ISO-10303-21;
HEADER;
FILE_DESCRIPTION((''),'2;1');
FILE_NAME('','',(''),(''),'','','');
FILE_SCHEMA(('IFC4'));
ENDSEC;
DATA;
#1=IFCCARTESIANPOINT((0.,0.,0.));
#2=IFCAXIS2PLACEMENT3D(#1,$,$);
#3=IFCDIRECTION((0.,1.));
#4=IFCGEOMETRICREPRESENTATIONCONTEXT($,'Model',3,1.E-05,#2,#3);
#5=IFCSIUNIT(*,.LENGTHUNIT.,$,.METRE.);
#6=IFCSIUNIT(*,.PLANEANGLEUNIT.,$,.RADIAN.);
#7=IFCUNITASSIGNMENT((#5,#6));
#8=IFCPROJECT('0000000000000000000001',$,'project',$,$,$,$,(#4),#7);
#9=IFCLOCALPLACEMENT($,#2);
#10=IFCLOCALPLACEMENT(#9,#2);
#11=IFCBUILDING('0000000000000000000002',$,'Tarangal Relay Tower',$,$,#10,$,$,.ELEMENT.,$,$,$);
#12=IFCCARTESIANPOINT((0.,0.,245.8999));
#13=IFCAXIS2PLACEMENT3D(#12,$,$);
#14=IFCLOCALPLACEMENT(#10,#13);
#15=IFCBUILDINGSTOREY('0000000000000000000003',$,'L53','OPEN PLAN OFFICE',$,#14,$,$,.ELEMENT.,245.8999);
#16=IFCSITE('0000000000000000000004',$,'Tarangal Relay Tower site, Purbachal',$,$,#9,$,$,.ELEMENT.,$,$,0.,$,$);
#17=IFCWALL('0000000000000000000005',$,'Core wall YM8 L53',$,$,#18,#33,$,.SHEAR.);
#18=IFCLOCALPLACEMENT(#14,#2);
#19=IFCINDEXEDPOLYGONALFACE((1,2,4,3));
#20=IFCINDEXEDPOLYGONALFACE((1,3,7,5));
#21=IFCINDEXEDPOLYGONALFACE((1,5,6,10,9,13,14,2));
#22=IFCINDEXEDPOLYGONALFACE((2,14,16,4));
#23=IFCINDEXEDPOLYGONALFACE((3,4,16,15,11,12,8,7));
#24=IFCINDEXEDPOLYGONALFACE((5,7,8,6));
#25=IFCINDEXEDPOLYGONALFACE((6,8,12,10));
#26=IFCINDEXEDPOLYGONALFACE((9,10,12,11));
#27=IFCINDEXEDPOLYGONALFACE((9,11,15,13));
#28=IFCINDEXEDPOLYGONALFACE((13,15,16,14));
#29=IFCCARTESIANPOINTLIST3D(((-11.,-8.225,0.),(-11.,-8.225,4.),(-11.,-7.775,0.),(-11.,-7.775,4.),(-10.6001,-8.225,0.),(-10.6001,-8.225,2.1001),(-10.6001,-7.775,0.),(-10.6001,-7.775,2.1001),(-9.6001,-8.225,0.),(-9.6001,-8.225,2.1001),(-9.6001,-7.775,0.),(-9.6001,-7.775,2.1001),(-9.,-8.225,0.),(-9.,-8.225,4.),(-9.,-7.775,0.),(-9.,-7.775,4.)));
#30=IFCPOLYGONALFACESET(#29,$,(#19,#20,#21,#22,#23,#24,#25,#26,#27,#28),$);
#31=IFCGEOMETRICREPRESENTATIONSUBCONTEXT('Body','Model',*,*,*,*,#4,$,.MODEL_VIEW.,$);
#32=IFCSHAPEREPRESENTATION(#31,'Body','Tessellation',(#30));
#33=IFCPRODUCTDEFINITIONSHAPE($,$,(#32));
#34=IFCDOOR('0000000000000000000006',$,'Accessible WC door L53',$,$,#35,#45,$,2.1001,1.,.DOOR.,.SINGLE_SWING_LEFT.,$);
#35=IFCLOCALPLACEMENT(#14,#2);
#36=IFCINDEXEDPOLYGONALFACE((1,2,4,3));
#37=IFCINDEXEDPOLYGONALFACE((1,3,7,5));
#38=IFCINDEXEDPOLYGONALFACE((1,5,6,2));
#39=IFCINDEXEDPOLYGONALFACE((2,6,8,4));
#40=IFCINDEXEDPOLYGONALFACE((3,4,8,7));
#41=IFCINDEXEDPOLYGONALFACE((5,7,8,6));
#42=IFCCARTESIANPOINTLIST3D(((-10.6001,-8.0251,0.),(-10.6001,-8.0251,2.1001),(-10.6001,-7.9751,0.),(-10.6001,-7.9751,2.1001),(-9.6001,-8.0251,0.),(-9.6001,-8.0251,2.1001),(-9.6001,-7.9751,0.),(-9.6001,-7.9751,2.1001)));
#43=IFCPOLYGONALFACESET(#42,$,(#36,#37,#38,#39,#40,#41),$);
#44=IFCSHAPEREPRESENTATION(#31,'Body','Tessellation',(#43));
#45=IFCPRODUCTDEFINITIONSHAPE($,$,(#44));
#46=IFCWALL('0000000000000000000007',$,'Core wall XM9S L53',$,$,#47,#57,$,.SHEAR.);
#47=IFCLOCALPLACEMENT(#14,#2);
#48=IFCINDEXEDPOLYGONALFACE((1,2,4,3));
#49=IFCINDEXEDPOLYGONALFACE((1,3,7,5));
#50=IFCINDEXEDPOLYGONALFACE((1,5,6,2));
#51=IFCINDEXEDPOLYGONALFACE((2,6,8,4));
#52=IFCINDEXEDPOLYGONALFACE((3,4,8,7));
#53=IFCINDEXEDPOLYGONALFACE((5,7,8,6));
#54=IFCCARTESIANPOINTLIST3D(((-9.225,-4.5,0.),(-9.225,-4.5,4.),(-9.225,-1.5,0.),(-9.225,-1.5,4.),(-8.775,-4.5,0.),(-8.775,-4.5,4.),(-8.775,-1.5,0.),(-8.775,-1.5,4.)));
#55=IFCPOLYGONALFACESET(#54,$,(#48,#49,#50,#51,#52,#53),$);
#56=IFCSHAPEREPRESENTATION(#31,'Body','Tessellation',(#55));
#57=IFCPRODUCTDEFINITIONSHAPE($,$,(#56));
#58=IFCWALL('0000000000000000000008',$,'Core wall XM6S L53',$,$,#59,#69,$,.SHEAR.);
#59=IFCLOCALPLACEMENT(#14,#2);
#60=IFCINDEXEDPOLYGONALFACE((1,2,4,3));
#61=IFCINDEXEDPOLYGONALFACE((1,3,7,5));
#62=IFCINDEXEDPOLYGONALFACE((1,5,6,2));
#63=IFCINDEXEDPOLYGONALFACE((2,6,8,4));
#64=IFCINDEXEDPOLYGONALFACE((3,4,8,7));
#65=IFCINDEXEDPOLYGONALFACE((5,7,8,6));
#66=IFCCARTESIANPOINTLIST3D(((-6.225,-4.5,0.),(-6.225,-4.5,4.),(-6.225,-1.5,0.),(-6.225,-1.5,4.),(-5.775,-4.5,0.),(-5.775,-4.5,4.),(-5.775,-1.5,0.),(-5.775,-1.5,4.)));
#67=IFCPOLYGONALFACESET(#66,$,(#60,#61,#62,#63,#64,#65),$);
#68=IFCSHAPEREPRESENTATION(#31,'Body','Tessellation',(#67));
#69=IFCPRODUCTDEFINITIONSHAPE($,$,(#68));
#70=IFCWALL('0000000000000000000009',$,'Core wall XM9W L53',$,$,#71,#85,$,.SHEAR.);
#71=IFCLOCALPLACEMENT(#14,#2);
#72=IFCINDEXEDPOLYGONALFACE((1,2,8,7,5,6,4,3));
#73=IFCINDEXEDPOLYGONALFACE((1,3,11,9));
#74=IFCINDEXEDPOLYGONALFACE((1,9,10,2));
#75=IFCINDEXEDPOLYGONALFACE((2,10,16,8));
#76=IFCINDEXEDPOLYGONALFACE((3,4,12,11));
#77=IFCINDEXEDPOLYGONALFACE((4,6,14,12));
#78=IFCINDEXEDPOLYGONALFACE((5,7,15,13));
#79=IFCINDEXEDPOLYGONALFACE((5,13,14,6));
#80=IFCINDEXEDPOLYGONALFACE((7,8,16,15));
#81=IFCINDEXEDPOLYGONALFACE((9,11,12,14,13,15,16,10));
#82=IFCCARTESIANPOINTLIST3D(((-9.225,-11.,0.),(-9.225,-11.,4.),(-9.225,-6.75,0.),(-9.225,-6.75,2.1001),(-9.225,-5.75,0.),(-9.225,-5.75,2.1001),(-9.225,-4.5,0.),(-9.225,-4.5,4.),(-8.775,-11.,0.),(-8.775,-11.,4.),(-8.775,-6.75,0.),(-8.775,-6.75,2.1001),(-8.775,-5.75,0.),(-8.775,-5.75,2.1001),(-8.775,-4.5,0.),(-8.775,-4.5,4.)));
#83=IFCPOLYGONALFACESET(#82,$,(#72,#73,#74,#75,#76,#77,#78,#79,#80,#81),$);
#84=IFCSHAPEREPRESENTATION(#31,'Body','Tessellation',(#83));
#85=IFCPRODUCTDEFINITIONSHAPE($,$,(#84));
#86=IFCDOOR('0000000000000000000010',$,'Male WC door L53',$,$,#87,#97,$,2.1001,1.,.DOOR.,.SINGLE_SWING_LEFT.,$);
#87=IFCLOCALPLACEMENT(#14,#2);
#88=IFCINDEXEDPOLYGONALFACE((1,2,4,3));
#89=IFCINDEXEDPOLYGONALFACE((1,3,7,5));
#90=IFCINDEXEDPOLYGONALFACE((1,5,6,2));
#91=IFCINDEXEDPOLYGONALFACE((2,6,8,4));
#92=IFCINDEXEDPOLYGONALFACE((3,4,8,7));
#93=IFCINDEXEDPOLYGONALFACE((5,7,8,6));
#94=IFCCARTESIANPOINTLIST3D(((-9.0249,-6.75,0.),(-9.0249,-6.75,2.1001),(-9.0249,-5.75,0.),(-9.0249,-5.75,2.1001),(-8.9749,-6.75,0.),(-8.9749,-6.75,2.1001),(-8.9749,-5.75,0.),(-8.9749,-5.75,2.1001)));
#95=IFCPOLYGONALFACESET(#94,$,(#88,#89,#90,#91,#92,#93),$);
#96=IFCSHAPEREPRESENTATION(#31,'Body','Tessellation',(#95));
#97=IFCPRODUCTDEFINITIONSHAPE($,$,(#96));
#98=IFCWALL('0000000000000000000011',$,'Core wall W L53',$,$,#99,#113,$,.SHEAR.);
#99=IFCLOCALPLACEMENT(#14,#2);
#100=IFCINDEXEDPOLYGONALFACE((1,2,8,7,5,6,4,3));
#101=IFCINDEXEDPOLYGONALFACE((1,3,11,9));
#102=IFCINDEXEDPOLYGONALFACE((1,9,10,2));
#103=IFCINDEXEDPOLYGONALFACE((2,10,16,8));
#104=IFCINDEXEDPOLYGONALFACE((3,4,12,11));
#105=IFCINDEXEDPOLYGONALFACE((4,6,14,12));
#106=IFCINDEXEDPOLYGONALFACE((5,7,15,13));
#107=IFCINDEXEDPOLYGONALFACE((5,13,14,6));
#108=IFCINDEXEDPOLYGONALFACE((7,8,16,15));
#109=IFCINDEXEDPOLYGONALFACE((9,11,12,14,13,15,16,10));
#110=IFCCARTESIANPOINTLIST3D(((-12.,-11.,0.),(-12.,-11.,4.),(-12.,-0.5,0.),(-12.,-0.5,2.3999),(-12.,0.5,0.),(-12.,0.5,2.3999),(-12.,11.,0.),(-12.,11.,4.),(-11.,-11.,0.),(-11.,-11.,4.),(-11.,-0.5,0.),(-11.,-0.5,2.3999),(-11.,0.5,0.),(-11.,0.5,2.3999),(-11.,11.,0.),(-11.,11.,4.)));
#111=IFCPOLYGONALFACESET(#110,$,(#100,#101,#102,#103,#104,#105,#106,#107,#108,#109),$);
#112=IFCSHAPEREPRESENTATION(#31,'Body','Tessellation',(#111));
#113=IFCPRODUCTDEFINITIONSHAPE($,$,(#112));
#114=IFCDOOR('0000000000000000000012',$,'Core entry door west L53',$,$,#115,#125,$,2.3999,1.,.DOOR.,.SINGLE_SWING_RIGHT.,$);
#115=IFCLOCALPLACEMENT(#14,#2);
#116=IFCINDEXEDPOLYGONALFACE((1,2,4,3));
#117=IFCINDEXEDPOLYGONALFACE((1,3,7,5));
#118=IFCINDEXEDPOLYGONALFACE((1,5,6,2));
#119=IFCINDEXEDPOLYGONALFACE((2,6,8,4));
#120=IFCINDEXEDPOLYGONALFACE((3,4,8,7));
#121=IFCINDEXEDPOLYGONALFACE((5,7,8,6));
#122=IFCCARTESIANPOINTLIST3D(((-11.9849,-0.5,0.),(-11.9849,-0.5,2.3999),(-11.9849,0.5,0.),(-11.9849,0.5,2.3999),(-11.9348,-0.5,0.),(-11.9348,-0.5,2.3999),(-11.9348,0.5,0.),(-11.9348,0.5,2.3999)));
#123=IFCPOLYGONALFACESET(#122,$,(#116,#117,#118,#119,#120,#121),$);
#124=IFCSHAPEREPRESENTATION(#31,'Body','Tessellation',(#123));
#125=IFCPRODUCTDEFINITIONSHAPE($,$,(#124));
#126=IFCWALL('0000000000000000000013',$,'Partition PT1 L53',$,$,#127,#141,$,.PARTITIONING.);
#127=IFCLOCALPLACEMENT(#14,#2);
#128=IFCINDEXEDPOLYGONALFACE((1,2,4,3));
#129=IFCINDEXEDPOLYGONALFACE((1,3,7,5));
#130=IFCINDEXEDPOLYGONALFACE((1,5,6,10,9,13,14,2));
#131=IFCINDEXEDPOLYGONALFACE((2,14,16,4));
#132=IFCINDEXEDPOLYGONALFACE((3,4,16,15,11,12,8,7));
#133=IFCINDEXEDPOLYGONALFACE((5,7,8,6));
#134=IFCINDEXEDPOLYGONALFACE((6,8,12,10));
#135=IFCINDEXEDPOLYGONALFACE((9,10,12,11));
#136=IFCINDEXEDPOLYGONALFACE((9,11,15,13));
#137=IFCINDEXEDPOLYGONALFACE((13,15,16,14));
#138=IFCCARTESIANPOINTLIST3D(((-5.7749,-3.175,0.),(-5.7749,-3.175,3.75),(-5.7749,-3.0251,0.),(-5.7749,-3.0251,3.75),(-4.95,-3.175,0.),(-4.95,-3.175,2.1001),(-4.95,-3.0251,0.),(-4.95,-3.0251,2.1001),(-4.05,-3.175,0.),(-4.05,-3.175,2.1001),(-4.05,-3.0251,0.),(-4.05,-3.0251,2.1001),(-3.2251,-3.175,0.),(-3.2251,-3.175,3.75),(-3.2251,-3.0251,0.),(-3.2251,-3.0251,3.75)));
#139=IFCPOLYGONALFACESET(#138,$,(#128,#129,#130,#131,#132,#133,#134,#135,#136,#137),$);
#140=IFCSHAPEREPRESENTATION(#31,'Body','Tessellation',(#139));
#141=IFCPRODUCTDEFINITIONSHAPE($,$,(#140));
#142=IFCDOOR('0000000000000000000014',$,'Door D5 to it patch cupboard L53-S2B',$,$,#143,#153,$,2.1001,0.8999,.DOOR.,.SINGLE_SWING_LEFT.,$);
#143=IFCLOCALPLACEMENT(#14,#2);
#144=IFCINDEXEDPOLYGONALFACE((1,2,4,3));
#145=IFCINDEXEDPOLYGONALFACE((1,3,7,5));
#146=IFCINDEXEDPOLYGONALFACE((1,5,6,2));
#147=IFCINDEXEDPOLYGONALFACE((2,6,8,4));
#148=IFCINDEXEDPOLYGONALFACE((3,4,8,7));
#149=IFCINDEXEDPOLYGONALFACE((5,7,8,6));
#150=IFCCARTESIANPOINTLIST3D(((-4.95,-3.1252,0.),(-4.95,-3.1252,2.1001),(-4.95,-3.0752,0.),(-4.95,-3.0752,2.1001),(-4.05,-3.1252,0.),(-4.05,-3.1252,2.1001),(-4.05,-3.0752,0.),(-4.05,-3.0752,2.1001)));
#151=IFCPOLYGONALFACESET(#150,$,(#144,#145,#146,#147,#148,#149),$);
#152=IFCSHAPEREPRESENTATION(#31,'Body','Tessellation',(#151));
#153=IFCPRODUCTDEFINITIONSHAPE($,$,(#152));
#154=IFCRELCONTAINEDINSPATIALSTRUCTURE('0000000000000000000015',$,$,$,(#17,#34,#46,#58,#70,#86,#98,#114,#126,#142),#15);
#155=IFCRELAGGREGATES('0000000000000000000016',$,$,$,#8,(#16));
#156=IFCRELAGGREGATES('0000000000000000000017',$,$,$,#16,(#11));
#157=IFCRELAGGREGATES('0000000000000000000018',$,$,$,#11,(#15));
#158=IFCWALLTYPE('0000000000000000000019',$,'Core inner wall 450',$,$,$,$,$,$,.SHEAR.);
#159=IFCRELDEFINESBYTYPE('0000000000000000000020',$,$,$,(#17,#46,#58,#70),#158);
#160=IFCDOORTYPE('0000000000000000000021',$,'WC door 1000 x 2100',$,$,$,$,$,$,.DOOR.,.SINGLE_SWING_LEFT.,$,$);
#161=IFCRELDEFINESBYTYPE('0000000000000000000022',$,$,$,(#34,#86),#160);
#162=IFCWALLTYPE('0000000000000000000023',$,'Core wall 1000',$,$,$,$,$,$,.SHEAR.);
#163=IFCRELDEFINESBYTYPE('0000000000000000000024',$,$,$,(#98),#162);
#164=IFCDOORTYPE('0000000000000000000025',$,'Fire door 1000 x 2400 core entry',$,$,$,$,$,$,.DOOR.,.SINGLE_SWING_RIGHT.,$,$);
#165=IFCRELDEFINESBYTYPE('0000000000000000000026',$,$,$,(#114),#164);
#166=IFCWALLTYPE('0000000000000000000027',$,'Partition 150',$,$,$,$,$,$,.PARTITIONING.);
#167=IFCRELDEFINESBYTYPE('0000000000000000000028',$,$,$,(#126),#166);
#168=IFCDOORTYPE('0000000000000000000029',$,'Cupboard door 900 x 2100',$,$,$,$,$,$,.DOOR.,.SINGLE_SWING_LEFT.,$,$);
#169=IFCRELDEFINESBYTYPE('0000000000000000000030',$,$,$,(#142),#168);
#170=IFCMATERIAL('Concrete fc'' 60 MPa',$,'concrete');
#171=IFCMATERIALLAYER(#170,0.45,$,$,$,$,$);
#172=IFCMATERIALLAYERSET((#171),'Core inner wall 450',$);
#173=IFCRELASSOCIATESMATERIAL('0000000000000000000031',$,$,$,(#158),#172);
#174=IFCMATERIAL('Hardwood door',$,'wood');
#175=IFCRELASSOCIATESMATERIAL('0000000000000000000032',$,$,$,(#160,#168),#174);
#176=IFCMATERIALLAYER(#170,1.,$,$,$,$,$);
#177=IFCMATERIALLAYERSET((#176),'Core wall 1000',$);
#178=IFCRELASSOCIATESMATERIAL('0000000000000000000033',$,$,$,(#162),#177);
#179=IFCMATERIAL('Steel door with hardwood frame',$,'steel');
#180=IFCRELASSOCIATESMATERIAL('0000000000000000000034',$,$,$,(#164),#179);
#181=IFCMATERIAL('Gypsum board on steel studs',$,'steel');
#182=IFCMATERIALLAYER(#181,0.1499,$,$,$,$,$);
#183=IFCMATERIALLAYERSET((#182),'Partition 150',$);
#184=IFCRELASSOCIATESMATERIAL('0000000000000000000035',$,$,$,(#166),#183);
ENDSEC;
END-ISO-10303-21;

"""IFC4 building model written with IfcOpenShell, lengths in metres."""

from ifc_helpers import new_model, si_unit, direction, frame, frame_2d, origin, place, context, subcontext, project, spatial, rectangle, extrude, material, layer, layer_set, type_object, element, fill, save


model = new_model("IFC4")

# Units and contexts
model_context = context("Model", 3, precision=1e-05, world=origin(), true_north=direction((0.0, 1.0)))
body_context = subcontext(model_context, "Body", "Model", "MODEL_VIEW")
ifc_project = project(units=[si_unit("LENGTHUNIT", "METRE"), si_unit("PLANEANGLEUNIT", "RADIAN")], contexts=[model_context])

# Site, building, storey
site_placement = place(None, origin())
site = spatial("IfcSite", under=ifc_project, at=site_placement, Name="Tarangal Relay Tower site, Purbachal", CompositionType="ELEMENT", RefElevation=0.0)
building_placement = place(site_placement, origin())
building = spatial("IfcBuilding", under=site, at=building_placement, Name="Tarangal Relay Tower", CompositionType="ELEMENT")
storey_placement = place(building_placement, frame((0.0, 0.0, 245.8999)))
storey = spatial("IfcBuildingStorey", under=building, at=storey_placement, Name="L53", Description="OPEN PLAN OFFICE", CompositionType="ELEMENT", Elevation=245.8999)

# Shared definitions
ifc_material_1 = material(Name="Concrete fc' 60 MPa", Category="concrete")
ifc_layer_1 = layer(ifc_material_1, 0.45)
ifc_layer_set_1 = layer_set([ifc_layer_1], Name="Core inner wall 450")
wall_type_1 = type_object("IfcWallType", Name="Core inner wall 450", PredefinedType="SHEAR", material=ifc_layer_set_1)
ifc_material_2 = material(Name="Steel door with hardwood frame", Category="steel")

# Wall, opening, door
wall_1_placement = place(storey_placement, frame((-11.0, -8.0, 0.0), z_axis=(0.0, 0.0, 1.0), x_axis=(1.0, 0.0, 0.0)))
wall_1 = element("IfcWall", 1, at=wall_1_placement, inside=storey, type_object=wall_type_1, Name="Core wall YM8 L53", PredefinedType="SHEAR", context=body_context, shape_type="SweptSolid", body=[
    extrude(rectangle(XDim=2.0, YDim=0.45, at=frame_2d((1.0, 0.0))), origin(), (0.0, 0.0, 1.0), 4.0),
])
opening_1_placement = place(wall_1_placement, frame((0.3999, 0.0, 0.0)))
opening_1 = element("IfcOpeningElement", 2, at=opening_1_placement, cuts=wall_1, PredefinedType="OPENING", context=body_context, shape_type="SweptSolid", body=[
    extrude(rectangle(XDim=1.0, YDim=2.1001, at=frame_2d((0.5, 1.05))), frame((0.0, 0.2349, 0.0), z_axis=(0.0, -1.0, 0.0), x_axis=(1.0, 0.0, 0.0)), (0.0, 0.0, 1.0), 0.47),
])
ifc_material_3 = material(Name="Hardwood door", Category="wood")
door_type_1 = type_object("IfcDoorType", Name="WC door 1000 x 2100", OperationType="SINGLE_SWING_LEFT", PredefinedType="DOOR", material=ifc_material_3)
door_1_placement = place(opening_1_placement, origin())
door_1 = element("IfcDoor", 3, at=door_1_placement, inside=storey, type_object=door_type_1, Name="Accessible WC door L53", OperationType="SINGLE_SWING_LEFT", OverallHeight=2.1001, OverallWidth=1.0, PredefinedType="DOOR", context=body_context, shape_type="SweptSolid", body=[
    extrude(rectangle(XDim=1.0, YDim=2.1001, at=frame_2d((0.5, 1.05))), frame((0.0, 0.0249, 0.0), z_axis=(0.0, -1.0, 0.0), x_axis=(1.0, 0.0, 0.0)), (0.0, 0.0, 1.0), 0.05),
])
fill(opening_1, door_1)

# Walls
for number, where, z_axis, x_axis, name in (
    (4, (-9.0, -4.5, 0.0), (0.0, 0.0, 1.0), (0.0, 1.0, 0.0), "Core wall XM9S L53"),
    (5, (-6.0, -4.5, 0.0), (0.0, 0.0, 1.0), (0.0, 1.0, 0.0), "Core wall XM6S L53"),
):
    element("IfcWall", number, at=place(storey_placement, frame(where, z_axis=z_axis, x_axis=x_axis)), inside=storey, type_object=wall_type_1, Name=name, PredefinedType="SHEAR", context=body_context, shape_type="SweptSolid", body=[
        extrude(rectangle(XDim=3.0, YDim=0.45, at=frame_2d((1.5, 0.0))), origin(), (0.0, 0.0, 1.0), 4.0),
    ])

# Walls, openings, doors
wall_2_placement = place(storey_placement, frame((-9.0, -11.0, 0.0), z_axis=(0.0, 0.0, 1.0), x_axis=(0.0, 1.0, 0.0)))
wall_2 = element("IfcWall", 6, at=wall_2_placement, inside=storey, type_object=wall_type_1, Name="Core wall XM9W L53", PredefinedType="SHEAR", context=body_context, shape_type="SweptSolid", body=[
    extrude(rectangle(XDim=6.5, YDim=0.45, at=frame_2d((3.25, 0.0))), origin(), (0.0, 0.0, 1.0), 4.0),
])
opening_2_placement = place(wall_2_placement, frame((4.25, 0.0, 0.0)))
opening_2 = element("IfcOpeningElement", 7, at=opening_2_placement, cuts=wall_2, PredefinedType="OPENING", context=body_context, shape_type="SweptSolid", body=[
    extrude(rectangle(XDim=1.0, YDim=2.1001, at=frame_2d((0.5, 1.05))), frame((0.0, 0.2349, 0.0), z_axis=(0.0, -1.0, 0.0), x_axis=(1.0, 0.0, 0.0)), (0.0, 0.0, 1.0), 0.47),
])
door_2_placement = place(opening_2_placement, origin())
door_2 = element("IfcDoor", 8, at=door_2_placement, inside=storey, type_object=door_type_1, Name="Male WC door L53", OperationType="SINGLE_SWING_LEFT", OverallHeight=2.1001, OverallWidth=1.0, PredefinedType="DOOR", context=body_context, shape_type="SweptSolid", body=[
    extrude(rectangle(XDim=1.0, YDim=2.1001, at=frame_2d((0.5, 1.05))), frame((0.0, 0.0249, 0.0), z_axis=(0.0, -1.0, 0.0), x_axis=(1.0, 0.0, 0.0)), (0.0, 0.0, 1.0), 0.05),
])
fill(opening_2, door_2)
ifc_layer_2 = layer(ifc_material_1, 1.0)
ifc_layer_set_2 = layer_set([ifc_layer_2], Name="Core wall 1000")
wall_type_2 = type_object("IfcWallType", Name="Core wall 1000", PredefinedType="SHEAR", material=ifc_layer_set_2)
wall_3_placement = place(storey_placement, frame((-11.5, -11.0, 0.0), z_axis=(0.0, 0.0, 1.0), x_axis=(0.0, 1.0, 0.0)))
wall_3 = element("IfcWall", 9, at=wall_3_placement, inside=storey, type_object=wall_type_2, Name="Core wall W L53", PredefinedType="SHEAR", context=body_context, shape_type="SweptSolid", body=[
    extrude(rectangle(XDim=22.0, YDim=1.0, at=frame_2d((11.0, 0.0))), origin(), (0.0, 0.0, 1.0), 4.0),
])
opening_3_placement = place(wall_3_placement, frame((10.5, 0.0, 0.0)))
opening_3 = element("IfcOpeningElement", 10, at=opening_3_placement, cuts=wall_3, PredefinedType="OPENING", context=body_context, shape_type="SweptSolid", body=[
    extrude(rectangle(XDim=1.0, YDim=2.3999, at=frame_2d((0.5, 1.2))), frame((0.0, 0.51, 0.0), z_axis=(0.0, -1.0, 0.0), x_axis=(1.0, 0.0, 0.0)), (0.0, 0.0, 1.0), 1.02),
])
door_type_2 = type_object("IfcDoorType", Name="Fire door 1000 x 2400 core entry", OperationType="SINGLE_SWING_RIGHT", PredefinedType="DOOR", material=ifc_material_2)
door_3_placement = place(opening_3_placement, origin())
door_3 = element("IfcDoor", 11, at=door_3_placement, inside=storey, type_object=door_type_2, Name="Core entry door west L53", OperationType="SINGLE_SWING_RIGHT", OverallHeight=2.3999, OverallWidth=1.0, PredefinedType="DOOR", context=body_context, shape_type="SweptSolid", body=[
    extrude(rectangle(XDim=1.0, YDim=2.3999, at=frame_2d((0.5, 1.2))), frame((0.0, 0.4849, 0.0), z_axis=(0.0, -1.0, 0.0), x_axis=(1.0, 0.0, 0.0)), (0.0, 0.0, 1.0), 0.05),
])
fill(opening_3, door_3)
ifc_material_4 = material(Name="Gypsum board on steel studs", Category="steel")
ifc_layer_3 = layer(ifc_material_4, 0.1499)
ifc_layer_set_3 = layer_set([ifc_layer_3], Name="Partition 150")
wall_type_3 = type_object("IfcWallType", Name="Partition 150", PredefinedType="PARTITIONING", material=ifc_layer_set_3)
wall_4_placement = place(storey_placement, frame((-5.7749, -3.1001, 0.0), z_axis=(0.0, 0.0, 1.0), x_axis=(1.0, 0.0, 0.0)))
wall_4 = element("IfcWall", 12, at=wall_4_placement, inside=storey, type_object=wall_type_3, Name="Partition PT1 L53", PredefinedType="PARTITIONING", context=body_context, shape_type="SweptSolid", body=[
    extrude(rectangle(XDim=2.5498, YDim=0.1499, at=frame_2d((1.2749, 0.0))), origin(), (0.0, 0.0, 1.0), 3.75),
])
opening_4_placement = place(wall_4_placement, frame((0.825, 0.0, 0.0)))
opening_4 = element("IfcOpeningElement", 13, at=opening_4_placement, cuts=wall_4, PredefinedType="OPENING", context=body_context, shape_type="SweptSolid", body=[
    extrude(rectangle(XDim=0.8999, YDim=2.1001, at=frame_2d((0.45, 1.05))), frame((0.0, 0.085, 0.0), z_axis=(0.0, -1.0, 0.0), x_axis=(1.0, 0.0, 0.0)), (0.0, 0.0, 1.0), 0.1699),
])
door_type_3 = type_object("IfcDoorType", Name="Cupboard door 900 x 2100", OperationType="SINGLE_SWING_LEFT", PredefinedType="DOOR", material=ifc_material_3)
door_4_placement = place(opening_4_placement, origin())
door_4 = element("IfcDoor", 14, at=door_4_placement, inside=storey, type_object=door_type_3, Name="Door D5 to it patch cupboard L53-S2B", OperationType="SINGLE_SWING_LEFT", OverallHeight=2.1001, OverallWidth=0.8999, PredefinedType="DOOR", context=body_context, shape_type="SweptSolid", body=[
    extrude(rectangle(XDim=0.8999, YDim=2.1001, at=frame_2d((0.45, 1.05))), frame((0.0, 0.0249, 0.0), z_axis=(0.0, -1.0, 0.0), x_axis=(1.0, 0.0, 0.0)), (0.0, 0.0, 1.0), 0.05),
])
fill(opening_4, door_4)

save(model, "model.ifc")
